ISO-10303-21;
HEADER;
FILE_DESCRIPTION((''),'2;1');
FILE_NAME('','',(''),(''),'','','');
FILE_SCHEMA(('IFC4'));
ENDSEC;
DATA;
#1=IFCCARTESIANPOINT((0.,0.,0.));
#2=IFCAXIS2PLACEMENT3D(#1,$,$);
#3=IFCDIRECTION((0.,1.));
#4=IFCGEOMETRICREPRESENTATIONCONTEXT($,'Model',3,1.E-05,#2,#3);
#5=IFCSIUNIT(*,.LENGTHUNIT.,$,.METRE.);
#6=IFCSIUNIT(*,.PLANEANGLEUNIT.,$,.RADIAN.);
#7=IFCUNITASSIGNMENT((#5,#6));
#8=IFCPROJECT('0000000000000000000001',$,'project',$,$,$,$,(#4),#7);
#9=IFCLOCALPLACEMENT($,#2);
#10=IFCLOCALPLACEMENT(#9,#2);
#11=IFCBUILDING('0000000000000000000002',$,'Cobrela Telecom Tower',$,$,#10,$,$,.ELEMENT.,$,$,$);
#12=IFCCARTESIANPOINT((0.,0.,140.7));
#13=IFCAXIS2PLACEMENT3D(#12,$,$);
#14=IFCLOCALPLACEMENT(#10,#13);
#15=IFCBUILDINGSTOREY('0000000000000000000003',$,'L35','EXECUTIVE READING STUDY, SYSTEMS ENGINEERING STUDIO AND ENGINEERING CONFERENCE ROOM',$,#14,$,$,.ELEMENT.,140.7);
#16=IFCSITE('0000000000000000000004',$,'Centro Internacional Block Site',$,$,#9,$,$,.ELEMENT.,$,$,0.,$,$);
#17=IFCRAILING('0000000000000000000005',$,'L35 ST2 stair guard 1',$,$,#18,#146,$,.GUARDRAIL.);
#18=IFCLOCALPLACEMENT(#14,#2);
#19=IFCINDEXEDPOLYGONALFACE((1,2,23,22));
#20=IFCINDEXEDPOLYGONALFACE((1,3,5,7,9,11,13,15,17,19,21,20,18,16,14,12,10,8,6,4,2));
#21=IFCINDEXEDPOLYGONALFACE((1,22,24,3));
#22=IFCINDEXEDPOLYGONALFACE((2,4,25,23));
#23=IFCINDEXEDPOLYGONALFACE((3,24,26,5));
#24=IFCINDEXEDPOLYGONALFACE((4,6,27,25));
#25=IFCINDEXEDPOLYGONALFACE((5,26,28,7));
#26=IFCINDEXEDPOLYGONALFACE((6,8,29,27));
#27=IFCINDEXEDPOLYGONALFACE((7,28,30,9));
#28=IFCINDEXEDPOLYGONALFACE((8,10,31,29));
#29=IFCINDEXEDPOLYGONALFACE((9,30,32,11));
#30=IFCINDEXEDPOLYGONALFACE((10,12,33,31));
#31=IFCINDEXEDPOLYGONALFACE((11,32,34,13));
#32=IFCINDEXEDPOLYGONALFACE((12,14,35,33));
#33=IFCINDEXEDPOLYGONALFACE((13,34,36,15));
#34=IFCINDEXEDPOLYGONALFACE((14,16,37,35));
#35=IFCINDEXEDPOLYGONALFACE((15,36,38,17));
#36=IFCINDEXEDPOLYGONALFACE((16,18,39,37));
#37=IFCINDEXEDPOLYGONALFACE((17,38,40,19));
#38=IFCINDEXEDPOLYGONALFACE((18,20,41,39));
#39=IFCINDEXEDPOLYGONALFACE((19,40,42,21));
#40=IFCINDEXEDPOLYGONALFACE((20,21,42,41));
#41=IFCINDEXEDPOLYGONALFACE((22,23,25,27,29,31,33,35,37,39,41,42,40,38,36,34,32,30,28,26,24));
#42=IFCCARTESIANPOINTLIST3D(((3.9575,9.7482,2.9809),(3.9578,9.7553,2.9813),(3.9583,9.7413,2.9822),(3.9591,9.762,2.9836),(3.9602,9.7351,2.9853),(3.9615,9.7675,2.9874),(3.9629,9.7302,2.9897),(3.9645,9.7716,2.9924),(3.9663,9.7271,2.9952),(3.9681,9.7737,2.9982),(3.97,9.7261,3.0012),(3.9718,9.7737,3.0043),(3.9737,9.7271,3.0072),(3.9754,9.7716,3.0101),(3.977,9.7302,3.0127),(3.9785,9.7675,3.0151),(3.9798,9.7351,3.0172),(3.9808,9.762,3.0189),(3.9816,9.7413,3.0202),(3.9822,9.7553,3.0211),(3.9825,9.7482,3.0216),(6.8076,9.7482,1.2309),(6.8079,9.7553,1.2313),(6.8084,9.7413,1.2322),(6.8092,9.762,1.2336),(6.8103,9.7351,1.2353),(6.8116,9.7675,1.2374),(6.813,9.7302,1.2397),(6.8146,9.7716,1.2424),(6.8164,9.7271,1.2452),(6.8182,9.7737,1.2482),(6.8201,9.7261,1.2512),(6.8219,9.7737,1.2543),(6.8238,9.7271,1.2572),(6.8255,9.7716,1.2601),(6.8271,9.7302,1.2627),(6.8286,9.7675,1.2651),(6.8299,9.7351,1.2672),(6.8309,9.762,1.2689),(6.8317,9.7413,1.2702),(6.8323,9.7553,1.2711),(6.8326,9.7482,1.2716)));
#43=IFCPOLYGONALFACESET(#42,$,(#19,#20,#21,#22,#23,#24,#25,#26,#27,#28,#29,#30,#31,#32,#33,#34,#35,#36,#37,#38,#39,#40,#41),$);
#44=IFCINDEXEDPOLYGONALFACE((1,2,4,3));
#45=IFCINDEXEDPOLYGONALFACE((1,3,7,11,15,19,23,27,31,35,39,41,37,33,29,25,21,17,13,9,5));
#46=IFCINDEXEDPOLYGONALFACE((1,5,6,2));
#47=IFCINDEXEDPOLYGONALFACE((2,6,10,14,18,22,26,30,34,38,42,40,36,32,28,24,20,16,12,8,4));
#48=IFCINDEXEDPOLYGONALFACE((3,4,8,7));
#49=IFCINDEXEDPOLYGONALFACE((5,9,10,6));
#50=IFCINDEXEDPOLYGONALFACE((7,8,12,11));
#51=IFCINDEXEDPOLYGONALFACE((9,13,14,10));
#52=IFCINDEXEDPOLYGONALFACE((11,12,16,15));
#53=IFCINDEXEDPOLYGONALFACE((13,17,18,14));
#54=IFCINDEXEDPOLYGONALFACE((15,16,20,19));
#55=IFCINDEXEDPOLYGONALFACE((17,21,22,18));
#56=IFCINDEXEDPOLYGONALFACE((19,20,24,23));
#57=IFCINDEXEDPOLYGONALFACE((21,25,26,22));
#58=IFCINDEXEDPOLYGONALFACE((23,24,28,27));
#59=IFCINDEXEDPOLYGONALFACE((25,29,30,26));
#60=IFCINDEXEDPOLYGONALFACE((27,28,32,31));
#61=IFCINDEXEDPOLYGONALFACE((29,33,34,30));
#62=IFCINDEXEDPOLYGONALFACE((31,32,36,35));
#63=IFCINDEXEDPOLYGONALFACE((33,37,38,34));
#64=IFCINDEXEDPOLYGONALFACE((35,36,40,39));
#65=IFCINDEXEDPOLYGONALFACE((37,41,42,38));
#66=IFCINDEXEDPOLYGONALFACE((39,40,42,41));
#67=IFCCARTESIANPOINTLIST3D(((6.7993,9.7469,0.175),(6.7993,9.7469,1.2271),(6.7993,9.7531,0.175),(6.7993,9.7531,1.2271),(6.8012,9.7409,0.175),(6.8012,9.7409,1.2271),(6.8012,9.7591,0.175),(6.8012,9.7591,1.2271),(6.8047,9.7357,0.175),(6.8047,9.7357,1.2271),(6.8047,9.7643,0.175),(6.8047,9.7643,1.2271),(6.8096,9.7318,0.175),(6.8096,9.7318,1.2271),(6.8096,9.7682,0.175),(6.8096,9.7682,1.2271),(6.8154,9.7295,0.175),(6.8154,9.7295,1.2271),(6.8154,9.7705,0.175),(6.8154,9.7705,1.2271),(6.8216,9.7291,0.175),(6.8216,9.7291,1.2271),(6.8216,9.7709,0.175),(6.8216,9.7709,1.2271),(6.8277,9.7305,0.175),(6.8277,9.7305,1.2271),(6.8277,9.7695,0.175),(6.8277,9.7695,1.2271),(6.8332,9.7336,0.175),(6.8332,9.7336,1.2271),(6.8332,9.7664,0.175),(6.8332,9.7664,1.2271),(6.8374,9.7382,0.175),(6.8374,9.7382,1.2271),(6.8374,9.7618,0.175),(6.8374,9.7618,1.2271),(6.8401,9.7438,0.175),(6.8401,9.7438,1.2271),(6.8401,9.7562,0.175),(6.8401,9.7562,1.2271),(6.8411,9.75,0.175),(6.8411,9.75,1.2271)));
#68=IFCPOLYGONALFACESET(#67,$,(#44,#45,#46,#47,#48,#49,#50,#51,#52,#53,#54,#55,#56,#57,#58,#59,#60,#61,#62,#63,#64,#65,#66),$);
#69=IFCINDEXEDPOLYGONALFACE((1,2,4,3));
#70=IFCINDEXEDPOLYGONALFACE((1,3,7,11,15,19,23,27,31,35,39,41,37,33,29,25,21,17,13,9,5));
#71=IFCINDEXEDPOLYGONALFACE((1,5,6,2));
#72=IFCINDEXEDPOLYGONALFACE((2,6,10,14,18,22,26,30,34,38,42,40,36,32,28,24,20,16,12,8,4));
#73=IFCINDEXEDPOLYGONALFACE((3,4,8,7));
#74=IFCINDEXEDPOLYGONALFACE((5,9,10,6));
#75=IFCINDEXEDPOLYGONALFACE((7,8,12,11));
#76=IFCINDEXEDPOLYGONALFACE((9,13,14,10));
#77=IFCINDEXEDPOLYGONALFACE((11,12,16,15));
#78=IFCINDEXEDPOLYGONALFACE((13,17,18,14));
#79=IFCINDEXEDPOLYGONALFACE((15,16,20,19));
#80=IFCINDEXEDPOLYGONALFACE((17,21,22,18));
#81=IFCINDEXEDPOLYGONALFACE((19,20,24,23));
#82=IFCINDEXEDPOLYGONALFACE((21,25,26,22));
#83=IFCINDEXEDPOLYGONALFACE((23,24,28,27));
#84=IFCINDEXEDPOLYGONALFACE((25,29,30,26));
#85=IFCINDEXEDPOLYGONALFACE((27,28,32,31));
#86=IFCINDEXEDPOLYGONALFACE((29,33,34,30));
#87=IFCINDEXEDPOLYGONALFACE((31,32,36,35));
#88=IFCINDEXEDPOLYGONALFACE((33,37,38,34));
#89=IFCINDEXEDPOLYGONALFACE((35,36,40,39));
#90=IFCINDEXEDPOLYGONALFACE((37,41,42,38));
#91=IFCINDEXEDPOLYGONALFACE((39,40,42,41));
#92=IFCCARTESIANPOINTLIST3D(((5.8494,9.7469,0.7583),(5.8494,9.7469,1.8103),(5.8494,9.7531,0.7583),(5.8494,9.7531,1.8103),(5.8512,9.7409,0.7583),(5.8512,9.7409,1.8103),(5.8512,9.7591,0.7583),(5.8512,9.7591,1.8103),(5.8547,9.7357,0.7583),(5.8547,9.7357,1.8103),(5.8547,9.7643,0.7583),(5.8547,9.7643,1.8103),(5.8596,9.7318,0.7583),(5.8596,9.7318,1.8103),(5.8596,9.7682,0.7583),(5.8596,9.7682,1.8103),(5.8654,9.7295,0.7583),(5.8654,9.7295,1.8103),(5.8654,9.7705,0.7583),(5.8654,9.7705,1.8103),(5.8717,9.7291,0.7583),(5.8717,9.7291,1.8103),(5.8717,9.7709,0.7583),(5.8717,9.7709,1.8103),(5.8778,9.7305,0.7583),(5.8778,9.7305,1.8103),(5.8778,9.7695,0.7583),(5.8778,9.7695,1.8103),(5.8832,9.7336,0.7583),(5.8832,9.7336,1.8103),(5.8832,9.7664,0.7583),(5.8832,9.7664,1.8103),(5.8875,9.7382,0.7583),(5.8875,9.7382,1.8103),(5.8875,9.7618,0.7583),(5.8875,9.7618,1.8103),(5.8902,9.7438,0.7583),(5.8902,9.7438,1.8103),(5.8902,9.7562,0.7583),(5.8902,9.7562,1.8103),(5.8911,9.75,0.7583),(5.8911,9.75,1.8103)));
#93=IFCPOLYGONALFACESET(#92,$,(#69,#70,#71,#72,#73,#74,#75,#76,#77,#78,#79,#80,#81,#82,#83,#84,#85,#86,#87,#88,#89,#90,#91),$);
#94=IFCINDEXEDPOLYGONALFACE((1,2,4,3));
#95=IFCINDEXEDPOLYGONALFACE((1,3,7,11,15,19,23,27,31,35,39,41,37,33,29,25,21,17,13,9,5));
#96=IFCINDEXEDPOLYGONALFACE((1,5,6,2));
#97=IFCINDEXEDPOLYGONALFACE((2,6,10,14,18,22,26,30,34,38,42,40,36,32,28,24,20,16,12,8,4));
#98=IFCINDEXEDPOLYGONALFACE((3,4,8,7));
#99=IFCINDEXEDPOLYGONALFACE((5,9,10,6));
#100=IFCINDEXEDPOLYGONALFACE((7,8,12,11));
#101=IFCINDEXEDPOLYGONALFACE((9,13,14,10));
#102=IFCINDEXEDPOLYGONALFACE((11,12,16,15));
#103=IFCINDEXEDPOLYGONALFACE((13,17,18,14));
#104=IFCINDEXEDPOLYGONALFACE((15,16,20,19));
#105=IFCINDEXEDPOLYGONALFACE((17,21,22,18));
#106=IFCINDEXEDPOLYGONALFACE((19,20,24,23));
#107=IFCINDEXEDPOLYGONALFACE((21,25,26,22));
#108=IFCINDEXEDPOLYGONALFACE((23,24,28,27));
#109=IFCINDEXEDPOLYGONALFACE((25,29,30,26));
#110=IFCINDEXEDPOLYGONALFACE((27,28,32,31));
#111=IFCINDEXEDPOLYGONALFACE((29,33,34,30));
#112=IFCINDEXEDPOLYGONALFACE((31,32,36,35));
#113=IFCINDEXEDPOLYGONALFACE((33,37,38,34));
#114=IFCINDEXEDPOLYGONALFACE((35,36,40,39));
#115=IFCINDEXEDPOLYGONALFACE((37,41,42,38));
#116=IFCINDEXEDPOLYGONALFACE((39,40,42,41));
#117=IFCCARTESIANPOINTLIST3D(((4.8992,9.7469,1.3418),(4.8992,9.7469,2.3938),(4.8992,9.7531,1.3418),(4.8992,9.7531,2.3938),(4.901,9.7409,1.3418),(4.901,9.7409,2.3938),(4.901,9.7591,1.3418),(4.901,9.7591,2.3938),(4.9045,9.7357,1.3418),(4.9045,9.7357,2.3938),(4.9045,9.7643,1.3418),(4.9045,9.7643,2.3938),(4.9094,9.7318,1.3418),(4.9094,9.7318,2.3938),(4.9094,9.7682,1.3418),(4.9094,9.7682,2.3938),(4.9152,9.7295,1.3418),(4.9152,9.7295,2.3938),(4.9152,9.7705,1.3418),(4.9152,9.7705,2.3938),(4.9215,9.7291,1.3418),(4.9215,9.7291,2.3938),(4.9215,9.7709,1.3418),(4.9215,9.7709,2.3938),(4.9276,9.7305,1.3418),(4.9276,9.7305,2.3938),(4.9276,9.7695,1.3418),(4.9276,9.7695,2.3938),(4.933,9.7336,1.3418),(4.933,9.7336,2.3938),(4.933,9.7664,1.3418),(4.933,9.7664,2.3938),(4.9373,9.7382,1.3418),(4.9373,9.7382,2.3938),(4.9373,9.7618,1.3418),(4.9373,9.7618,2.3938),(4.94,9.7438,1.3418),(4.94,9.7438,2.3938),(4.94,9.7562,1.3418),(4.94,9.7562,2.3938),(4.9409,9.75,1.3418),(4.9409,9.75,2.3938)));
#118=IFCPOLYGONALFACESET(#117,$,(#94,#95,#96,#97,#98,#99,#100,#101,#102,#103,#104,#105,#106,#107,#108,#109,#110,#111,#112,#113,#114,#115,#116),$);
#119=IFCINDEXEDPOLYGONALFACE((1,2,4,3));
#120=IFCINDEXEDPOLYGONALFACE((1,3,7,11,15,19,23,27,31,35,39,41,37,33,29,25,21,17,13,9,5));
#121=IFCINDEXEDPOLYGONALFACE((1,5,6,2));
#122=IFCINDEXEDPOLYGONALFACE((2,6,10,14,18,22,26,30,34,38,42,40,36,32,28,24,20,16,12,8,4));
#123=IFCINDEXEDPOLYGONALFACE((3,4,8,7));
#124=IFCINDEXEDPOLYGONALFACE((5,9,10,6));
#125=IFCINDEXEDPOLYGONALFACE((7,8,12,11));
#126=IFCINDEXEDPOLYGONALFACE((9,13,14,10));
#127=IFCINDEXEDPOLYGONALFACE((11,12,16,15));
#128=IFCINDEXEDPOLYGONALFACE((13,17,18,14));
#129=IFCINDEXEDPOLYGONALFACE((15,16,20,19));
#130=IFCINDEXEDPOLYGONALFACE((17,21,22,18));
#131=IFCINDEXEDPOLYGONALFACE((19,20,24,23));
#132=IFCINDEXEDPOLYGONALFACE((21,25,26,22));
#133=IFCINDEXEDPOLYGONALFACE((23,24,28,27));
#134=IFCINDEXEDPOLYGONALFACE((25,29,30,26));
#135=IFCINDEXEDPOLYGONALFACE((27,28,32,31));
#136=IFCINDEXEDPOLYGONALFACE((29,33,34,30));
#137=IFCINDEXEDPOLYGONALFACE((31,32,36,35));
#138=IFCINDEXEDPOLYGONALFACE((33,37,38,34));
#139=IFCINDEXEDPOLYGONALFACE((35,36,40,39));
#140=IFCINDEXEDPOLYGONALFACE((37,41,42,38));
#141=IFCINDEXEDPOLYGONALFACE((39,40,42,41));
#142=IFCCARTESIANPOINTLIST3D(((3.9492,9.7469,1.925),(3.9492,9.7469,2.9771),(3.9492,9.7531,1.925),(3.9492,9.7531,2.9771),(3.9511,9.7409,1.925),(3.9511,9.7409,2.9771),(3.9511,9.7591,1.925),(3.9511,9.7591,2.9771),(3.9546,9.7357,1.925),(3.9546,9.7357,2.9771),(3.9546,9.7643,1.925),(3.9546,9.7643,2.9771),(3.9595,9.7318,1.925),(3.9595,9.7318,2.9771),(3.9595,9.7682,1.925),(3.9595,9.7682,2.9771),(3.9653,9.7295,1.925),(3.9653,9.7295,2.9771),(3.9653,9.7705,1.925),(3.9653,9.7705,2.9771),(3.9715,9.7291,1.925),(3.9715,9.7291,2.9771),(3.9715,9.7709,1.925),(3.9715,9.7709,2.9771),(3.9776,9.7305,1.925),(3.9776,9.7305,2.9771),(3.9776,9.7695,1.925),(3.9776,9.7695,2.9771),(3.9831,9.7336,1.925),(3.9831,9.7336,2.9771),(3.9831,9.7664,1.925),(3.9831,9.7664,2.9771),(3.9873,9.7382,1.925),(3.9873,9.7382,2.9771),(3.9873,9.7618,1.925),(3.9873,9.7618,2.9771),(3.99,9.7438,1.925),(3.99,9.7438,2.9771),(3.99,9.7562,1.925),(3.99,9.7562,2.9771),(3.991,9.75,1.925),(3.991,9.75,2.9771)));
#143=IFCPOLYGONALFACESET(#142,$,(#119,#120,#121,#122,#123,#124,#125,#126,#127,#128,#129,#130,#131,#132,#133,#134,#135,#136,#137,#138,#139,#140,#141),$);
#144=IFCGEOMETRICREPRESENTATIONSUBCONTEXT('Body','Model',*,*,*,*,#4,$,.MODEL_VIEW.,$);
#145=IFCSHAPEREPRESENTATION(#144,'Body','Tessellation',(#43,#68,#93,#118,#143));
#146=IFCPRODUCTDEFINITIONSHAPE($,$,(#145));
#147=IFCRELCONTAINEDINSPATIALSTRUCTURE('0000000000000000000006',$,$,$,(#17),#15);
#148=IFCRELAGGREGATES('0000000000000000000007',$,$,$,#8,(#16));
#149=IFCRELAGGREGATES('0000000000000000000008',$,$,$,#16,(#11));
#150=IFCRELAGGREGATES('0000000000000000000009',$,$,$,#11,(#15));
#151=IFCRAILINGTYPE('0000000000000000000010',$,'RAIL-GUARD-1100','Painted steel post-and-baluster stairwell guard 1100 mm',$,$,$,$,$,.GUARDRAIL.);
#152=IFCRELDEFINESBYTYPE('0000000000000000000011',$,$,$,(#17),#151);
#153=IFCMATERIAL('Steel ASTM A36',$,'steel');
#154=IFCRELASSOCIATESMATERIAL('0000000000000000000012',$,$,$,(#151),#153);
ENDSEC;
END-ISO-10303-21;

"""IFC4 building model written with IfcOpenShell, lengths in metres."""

from ifc_helpers import new_model, si_unit, direction, frame, origin, origin_2d, place, context, subcontext, project, spatial, circle, extrude, material, type_object, element, save


model = new_model("IFC4")

# Units and contexts
model_context = context("Model", 3, precision=1e-05, world=origin(), true_north=direction((0.0, 1.0)))
body_context = subcontext(model_context, "Body", "Model", "MODEL_VIEW")
ifc_project = project(units=[si_unit("LENGTHUNIT", "METRE"), si_unit("PLANEANGLEUNIT", "RADIAN")], contexts=[model_context])

# Site, building, storey
site_placement = place(None, origin())
site = spatial("IfcSite", under=ifc_project, at=site_placement, Name="Centro Internacional Block Site", CompositionType="ELEMENT", RefElevation=0.0)
building_placement = place(site_placement, origin())
building = spatial("IfcBuilding", under=site, at=building_placement, Name="Cobrela Telecom Tower", CompositionType="ELEMENT")
storey_placement = place(building_placement, frame((0.0, 0.0, 140.7)))
storey = spatial("IfcBuildingStorey", under=building, at=storey_placement, Name="L35", Description="EXECUTIVE READING STUDY, SYSTEMS ENGINEERING STUDIO AND ENGINEERING CONFERENCE ROOM", CompositionType="ELEMENT", Elevation=140.7)

# Shared definitions
ifc_material_1 = material(Name="Steel ASTM A36", Category="steel")

# Railing
railing_type_1 = type_object("IfcRailingType", Name="RAIL-GUARD-1100", Description="Painted steel post-and-baluster stairwell guard 1100 mm", PredefinedType="GUARDRAIL", material=ifc_material_1)
railing_1_placement = place(storey_placement, frame((6.8201, 9.75, 0.175)))
element("IfcRailing", 1, at=railing_1_placement, inside=storey, type_object=railing_type_1, Name="L35 ST2 stair guard 1", PredefinedType="GUARDRAIL", context=body_context, shape_type="SweptSolid", body=[
    extrude(circle(Radius=0.0239, at=origin_2d()), frame((0.0, 0.0, 1.0762), z_axis=(-0.852179, 0.0, 0.52325), x_axis=(0.0, -1.0, 0.0)), (0.0, 0.0, 1.0), 3.3445),
    extrude(circle(Radius=0.021, at=origin_2d()), origin(), (0.0, 0.0, 1.0), 1.052),
    extrude(circle(Radius=0.021, at=origin_2d()), frame((-0.95, 0.0, 0.5833)), (0.0, 0.0, 1.0), 1.052),
    extrude(circle(Radius=0.021, at=origin_2d()), frame((-1.9001, 0.0, 1.1667)), (0.0, 0.0, 1.0), 1.052),
    extrude(circle(Radius=0.021, at=origin_2d()), frame((-2.8501, 0.0, 1.75)), (0.0, 0.0, 1.0), 1.052),
])

save(model, "model.ifc")
